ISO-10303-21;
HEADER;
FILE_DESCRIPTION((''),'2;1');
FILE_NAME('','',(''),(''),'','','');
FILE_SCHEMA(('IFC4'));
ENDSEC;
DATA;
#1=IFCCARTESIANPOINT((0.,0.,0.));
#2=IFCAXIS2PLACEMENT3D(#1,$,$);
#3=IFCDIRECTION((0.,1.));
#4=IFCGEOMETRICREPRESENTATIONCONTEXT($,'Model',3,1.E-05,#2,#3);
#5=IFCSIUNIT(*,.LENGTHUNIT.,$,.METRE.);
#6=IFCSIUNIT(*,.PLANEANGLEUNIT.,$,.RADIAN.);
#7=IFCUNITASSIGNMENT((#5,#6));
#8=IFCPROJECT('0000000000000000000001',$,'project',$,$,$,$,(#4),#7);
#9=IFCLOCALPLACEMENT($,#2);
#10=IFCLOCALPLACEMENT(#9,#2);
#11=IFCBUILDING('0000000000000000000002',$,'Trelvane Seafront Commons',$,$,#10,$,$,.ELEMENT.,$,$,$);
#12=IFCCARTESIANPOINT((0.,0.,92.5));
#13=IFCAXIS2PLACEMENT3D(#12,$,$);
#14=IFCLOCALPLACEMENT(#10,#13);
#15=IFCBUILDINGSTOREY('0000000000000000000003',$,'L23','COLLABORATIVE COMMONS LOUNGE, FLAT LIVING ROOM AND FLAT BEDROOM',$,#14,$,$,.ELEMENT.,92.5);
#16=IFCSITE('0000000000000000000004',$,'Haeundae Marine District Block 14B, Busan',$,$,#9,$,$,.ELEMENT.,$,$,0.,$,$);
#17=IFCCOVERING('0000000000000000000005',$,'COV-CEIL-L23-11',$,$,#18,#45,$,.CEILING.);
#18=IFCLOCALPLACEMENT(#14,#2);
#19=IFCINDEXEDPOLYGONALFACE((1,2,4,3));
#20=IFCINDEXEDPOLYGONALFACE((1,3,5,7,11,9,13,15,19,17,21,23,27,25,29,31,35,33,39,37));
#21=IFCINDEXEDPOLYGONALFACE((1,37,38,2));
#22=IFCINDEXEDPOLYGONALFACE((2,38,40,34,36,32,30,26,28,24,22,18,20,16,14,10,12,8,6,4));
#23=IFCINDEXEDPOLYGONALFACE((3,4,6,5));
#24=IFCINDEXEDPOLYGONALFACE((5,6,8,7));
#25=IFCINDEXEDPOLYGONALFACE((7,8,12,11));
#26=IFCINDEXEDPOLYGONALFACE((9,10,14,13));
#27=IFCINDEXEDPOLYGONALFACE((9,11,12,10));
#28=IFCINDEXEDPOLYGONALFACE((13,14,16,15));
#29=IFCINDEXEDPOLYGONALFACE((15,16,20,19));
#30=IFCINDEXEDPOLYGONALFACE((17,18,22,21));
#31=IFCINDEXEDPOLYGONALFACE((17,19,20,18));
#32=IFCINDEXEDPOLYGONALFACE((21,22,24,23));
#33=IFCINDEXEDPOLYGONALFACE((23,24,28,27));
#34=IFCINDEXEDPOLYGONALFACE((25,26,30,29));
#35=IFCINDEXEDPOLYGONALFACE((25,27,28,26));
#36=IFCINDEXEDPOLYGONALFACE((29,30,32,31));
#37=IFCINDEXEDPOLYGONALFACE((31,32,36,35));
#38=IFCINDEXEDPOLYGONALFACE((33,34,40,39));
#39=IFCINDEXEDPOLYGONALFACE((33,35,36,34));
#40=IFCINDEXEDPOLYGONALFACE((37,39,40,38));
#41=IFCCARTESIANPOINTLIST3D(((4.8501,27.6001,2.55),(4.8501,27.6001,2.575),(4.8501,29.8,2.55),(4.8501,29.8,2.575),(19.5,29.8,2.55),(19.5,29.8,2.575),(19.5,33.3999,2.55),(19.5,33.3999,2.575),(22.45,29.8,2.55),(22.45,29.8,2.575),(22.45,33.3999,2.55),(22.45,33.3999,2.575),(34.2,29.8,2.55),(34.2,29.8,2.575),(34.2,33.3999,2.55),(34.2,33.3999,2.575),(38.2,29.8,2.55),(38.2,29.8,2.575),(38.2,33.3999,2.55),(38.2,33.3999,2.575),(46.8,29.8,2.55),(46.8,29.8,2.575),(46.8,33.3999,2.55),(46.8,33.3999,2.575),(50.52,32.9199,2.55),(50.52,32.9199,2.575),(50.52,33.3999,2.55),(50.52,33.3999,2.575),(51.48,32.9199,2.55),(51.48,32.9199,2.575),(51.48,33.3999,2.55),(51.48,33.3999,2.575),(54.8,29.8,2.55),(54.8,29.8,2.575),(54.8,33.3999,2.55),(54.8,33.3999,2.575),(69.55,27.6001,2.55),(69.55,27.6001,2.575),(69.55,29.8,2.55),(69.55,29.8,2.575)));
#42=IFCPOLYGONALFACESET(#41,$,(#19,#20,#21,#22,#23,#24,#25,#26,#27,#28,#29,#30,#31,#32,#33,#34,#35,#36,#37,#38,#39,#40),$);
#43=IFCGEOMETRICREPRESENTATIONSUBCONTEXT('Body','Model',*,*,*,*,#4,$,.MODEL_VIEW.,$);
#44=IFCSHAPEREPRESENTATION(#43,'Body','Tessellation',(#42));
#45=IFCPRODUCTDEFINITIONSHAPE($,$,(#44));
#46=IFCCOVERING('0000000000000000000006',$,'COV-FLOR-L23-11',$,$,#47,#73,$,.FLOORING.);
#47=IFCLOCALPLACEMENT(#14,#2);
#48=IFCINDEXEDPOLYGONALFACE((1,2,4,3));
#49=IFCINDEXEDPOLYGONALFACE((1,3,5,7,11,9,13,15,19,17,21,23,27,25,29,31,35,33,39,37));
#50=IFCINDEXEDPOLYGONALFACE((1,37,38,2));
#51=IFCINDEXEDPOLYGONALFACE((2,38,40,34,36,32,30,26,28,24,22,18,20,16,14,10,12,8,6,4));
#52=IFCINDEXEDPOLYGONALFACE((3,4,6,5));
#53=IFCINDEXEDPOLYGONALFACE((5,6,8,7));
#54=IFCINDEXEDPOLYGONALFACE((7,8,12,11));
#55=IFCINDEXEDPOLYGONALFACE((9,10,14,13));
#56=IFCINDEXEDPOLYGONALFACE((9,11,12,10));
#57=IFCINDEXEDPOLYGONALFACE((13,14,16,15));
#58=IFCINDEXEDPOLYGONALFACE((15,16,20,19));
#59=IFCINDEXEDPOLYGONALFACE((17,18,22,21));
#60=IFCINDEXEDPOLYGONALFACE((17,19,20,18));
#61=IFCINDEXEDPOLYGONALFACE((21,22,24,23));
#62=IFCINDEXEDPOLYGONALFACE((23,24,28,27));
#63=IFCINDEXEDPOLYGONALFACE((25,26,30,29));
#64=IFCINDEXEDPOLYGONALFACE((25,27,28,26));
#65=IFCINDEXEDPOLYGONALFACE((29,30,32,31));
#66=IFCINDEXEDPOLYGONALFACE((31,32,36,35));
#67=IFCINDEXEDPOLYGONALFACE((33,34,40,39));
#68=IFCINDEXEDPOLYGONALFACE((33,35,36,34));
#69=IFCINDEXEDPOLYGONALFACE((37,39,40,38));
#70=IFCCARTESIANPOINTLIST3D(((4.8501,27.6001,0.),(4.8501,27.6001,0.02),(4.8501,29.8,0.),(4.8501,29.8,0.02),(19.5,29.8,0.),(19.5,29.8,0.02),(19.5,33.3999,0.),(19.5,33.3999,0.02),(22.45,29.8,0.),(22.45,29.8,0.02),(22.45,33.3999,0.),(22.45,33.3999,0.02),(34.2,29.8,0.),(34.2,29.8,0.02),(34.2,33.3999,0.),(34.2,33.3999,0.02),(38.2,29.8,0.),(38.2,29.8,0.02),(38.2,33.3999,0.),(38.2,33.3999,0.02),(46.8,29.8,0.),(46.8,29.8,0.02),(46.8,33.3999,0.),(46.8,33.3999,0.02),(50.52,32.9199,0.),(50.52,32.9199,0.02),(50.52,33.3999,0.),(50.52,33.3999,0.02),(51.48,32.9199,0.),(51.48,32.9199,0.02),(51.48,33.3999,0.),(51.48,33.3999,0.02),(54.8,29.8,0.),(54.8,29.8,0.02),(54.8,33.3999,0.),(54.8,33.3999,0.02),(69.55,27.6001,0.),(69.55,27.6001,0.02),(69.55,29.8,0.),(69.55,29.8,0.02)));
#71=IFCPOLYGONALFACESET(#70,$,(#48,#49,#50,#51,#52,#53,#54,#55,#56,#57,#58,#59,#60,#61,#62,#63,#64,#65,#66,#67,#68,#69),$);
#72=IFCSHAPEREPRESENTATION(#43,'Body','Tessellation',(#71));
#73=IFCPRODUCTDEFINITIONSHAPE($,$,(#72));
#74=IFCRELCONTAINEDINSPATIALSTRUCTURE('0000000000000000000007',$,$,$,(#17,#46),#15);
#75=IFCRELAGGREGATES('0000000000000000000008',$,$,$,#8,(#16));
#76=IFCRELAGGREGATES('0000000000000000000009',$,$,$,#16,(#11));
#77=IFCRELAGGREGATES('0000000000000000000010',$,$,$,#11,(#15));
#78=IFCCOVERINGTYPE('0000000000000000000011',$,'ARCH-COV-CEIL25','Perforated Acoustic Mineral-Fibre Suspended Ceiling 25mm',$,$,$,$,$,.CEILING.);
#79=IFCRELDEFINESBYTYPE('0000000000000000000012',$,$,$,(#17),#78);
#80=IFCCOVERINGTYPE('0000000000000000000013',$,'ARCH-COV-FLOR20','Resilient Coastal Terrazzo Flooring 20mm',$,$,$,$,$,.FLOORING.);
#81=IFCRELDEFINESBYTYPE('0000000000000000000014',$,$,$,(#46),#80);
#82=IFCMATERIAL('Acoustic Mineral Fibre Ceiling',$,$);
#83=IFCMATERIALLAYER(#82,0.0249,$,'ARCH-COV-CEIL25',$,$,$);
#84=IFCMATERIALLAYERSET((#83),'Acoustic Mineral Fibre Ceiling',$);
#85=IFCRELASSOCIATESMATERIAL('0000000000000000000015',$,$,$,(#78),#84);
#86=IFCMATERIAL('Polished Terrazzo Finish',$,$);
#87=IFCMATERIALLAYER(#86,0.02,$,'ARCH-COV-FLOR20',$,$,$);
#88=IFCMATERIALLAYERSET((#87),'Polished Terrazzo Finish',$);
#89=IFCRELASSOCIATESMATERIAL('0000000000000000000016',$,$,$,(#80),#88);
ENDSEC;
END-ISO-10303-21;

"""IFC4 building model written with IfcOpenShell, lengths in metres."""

from ifc_helpers import new_model, si_unit, direction, frame, origin, place, context, subcontext, project, spatial, polyline, outline, extrude, material, layer, layer_set, type_object, element, save


model = new_model("IFC4")

# Units and contexts
model_context = context("Model", 3, precision=1e-05, world=origin(), true_north=direction((0.0, 1.0)))
body_context = subcontext(model_context, "Body", "Model", "MODEL_VIEW")
ifc_project = project(units=[si_unit("LENGTHUNIT", "METRE"), si_unit("PLANEANGLEUNIT", "RADIAN")], contexts=[model_context])

# Site, building, storey
site_placement = place(None, origin())
site = spatial("IfcSite", under=ifc_project, at=site_placement, Name="Haeundae Marine District Block 14B, Busan", CompositionType="ELEMENT", RefElevation=0.0)
building_placement = place(site_placement, origin())
building = spatial("IfcBuilding", under=site, at=building_placement, Name="Trelvane Seafront Commons", CompositionType="ELEMENT")
storey_placement = place(building_placement, frame((0.0, 0.0, 92.5)))
storey = spatial("IfcBuildingStorey", under=building, at=storey_placement, Name="L23", Description="COLLABORATIVE COMMONS LOUNGE, FLAT LIVING ROOM AND FLAT BEDROOM", CompositionType="ELEMENT", Elevation=92.5)

# Coverings
ifc_material_1 = material(Name="Acoustic Mineral Fibre Ceiling")
ifc_layer_1 = layer(ifc_material_1, 0.0249, Name="ARCH-COV-CEIL25")
ifc_layer_set_1 = layer_set([ifc_layer_1], Name="Acoustic Mineral Fibre Ceiling")
covering_type_1 = type_object("IfcCoveringType", Name="ARCH-COV-CEIL25", Description="Perforated Acoustic Mineral-Fibre Suspended Ceiling 25mm", PredefinedType="CEILING", material=ifc_layer_set_1)
covering_1_placement = place(storey_placement, frame((0.0, 0.0, 2.55)))
element("IfcCovering", 1, at=covering_1_placement, inside=storey, type_object=covering_type_1, Name="COV-CEIL-L23-11", PredefinedType="CEILING", context=body_context, shape_type="SweptSolid", body=[
    extrude(outline(polyline([(51.48, 33.3999), (51.48, 32.9199), (50.52, 32.9199), (50.52, 33.3999), (46.8, 33.3999), (46.8, 29.8), (38.2, 29.8), (38.2, 33.3999), (34.2, 33.3999), (34.2, 29.8), (22.45, 29.8), (22.45, 33.3999), (19.5, 33.3999), (19.5, 29.8), (4.8501, 29.8), (4.8501, 27.6001), (69.55, 27.6001), (69.55, 29.8), (54.8, 29.8), (54.8, 33.3999), (51.48, 33.3999)])), origin(), (0.0, 0.0, 1.0), 0.0249),
])
ifc_material_2 = material(Name="Polished Terrazzo Finish")
ifc_layer_2 = layer(ifc_material_2, 0.02, Name="ARCH-COV-FLOR20")
ifc_layer_set_2 = layer_set([ifc_layer_2], Name="Polished Terrazzo Finish")
covering_type_2 = type_object("IfcCoveringType", Name="ARCH-COV-FLOR20", Description="Resilient Coastal Terrazzo Flooring 20mm", PredefinedType="FLOORING", material=ifc_layer_set_2)
covering_2_placement = place(storey_placement, origin())
element("IfcCovering", 2, at=covering_2_placement, inside=storey, type_object=covering_type_2, Name="COV-FLOR-L23-11", PredefinedType="FLOORING", context=body_context, shape_type="SweptSolid", body=[
    extrude(outline(polyline([(51.48, 33.3999), (51.48, 32.9199), (50.52, 32.9199), (50.52, 33.3999), (46.8, 33.3999), (46.8, 29.8), (38.2, 29.8), (38.2, 33.3999), (34.2, 33.3999), (34.2, 29.8), (22.45, 29.8), (22.45, 33.3999), (19.5, 33.3999), (19.5, 29.8), (4.8501, 29.8), (4.8501, 27.6001), (69.55, 27.6001), (69.55, 29.8), (54.8, 29.8), (54.8, 33.3999), (51.48, 33.3999)])), origin(), (0.0, 0.0, 1.0), 0.02),
])

save(model, "model.ifc")
